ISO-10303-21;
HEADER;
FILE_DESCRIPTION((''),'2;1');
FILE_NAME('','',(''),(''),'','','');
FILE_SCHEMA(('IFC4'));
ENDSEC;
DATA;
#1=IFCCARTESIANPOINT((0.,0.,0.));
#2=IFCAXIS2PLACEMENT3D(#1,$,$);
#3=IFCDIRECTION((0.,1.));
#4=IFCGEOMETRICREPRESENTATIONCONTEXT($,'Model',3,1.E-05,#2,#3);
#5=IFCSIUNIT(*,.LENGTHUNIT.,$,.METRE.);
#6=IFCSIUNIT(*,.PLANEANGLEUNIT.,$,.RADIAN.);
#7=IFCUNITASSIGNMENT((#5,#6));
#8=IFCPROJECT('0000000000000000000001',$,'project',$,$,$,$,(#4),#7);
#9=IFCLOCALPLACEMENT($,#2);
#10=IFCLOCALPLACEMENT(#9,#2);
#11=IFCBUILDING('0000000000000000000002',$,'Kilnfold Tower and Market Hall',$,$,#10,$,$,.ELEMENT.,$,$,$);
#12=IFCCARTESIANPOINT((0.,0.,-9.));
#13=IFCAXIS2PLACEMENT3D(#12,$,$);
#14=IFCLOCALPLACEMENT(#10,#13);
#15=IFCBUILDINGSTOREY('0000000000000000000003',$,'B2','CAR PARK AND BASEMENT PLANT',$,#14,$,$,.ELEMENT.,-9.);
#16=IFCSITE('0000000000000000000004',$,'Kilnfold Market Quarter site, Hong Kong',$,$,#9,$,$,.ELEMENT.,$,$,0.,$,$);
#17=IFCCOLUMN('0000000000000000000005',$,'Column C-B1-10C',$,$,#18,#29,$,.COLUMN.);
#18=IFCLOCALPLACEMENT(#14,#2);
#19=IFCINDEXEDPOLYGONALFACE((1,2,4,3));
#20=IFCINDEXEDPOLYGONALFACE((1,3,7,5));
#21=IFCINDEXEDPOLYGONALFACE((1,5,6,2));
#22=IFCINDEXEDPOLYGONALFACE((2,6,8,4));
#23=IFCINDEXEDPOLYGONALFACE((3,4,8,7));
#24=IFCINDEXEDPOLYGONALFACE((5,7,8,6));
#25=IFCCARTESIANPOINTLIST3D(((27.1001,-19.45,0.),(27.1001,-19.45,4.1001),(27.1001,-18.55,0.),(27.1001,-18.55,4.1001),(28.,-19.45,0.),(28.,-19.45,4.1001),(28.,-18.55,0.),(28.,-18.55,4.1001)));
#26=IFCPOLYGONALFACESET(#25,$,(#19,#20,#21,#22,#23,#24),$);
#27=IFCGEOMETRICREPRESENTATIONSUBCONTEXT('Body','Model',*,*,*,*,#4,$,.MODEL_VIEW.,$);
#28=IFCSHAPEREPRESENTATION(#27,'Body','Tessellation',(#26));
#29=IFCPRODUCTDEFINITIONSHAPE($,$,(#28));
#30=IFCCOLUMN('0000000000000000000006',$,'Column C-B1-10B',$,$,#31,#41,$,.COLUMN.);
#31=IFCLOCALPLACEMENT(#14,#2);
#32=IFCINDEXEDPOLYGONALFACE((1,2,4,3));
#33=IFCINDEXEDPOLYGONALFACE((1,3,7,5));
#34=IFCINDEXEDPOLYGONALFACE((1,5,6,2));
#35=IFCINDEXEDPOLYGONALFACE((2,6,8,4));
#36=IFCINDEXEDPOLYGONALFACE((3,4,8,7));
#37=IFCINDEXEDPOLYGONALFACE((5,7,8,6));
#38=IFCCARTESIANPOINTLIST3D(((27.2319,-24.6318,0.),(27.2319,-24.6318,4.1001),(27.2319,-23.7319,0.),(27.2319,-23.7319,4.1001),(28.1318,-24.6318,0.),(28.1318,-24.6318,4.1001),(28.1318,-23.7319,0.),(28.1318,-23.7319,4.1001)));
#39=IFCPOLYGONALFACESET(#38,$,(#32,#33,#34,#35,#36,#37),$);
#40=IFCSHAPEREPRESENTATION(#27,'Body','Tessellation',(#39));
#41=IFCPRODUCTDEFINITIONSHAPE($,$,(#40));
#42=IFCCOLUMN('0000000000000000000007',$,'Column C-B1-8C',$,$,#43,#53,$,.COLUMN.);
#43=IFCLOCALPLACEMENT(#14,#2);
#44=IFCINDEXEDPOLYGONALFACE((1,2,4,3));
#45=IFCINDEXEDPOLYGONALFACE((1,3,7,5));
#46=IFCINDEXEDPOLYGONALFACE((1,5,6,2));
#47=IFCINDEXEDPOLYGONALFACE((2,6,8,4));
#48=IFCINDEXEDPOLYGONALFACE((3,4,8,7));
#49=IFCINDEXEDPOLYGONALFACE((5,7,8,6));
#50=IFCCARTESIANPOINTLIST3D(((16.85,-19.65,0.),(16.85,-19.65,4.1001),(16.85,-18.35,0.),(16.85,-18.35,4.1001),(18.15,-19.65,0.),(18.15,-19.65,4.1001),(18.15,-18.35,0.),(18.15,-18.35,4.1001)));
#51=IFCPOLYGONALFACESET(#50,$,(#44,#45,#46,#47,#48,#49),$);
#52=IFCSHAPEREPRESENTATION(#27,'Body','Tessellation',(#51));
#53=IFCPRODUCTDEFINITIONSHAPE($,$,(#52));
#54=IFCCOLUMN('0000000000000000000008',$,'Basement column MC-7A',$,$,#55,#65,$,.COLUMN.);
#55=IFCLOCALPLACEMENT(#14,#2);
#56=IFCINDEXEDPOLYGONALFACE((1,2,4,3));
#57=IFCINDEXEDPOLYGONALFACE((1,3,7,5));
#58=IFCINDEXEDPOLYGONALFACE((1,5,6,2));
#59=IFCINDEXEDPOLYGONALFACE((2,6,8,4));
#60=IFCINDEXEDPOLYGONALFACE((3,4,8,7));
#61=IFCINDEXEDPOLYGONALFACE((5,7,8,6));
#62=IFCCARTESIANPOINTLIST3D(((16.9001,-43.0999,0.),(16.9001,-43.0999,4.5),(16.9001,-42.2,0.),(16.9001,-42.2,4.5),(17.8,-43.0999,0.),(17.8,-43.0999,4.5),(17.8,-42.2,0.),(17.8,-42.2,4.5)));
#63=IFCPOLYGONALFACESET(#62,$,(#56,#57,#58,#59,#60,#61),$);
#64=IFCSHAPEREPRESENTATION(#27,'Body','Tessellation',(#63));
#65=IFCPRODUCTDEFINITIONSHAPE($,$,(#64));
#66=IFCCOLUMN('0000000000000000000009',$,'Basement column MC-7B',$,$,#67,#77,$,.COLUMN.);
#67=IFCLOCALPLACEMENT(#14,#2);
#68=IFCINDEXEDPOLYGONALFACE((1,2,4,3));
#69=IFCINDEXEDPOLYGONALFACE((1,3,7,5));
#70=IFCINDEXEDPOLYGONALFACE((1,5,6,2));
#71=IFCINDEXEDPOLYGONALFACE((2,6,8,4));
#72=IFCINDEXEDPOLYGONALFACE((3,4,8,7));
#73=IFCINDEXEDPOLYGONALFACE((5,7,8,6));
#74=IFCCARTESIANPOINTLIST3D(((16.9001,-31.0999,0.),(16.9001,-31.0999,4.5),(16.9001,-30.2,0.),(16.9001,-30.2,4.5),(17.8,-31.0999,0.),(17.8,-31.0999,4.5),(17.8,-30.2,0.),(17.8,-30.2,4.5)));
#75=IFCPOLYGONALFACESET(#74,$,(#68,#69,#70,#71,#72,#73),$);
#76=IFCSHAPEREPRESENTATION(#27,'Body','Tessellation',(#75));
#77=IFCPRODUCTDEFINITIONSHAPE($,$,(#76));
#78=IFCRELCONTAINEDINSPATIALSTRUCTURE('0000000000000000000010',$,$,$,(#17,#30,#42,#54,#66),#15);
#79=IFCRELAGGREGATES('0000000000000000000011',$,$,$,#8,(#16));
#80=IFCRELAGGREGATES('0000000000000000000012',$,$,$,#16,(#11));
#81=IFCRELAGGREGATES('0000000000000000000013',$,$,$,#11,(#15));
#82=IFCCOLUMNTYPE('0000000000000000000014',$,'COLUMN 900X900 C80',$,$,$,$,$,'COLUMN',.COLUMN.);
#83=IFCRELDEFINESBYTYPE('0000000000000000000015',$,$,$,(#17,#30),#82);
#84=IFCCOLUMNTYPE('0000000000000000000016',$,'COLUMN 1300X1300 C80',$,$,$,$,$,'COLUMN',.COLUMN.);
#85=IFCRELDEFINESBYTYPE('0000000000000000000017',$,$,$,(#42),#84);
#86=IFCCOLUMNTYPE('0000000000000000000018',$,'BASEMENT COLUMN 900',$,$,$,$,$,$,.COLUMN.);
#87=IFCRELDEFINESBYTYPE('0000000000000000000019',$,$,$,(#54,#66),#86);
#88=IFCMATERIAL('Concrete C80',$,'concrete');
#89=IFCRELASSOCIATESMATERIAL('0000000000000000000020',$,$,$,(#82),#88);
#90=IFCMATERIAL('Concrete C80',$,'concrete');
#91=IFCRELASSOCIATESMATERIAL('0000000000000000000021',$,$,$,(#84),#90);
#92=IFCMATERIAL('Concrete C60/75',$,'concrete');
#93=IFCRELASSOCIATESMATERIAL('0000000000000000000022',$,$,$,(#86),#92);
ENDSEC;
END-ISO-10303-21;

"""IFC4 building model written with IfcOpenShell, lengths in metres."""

from ifc_helpers import new_model, si_unit, direction, frame, origin, origin_2d, place, context, subcontext, project, spatial, rectangle, extrude, source, transform, mapped, material, material_profile, profile_set, type_object, element, save


model = new_model("IFC4")

# Units and contexts
model_context = context("Model", 3, precision=1e-05, world=origin(), true_north=direction((0.0, 1.0)))
body_context = subcontext(model_context, "Body", "Model", "MODEL_VIEW")
ifc_project = project(units=[si_unit("LENGTHUNIT", "METRE"), si_unit("PLANEANGLEUNIT", "RADIAN")], contexts=[model_context])

# Site, building, storey
site_placement = place(None, origin())
site = spatial("IfcSite", under=ifc_project, at=site_placement, Name="Kilnfold Market Quarter site, Hong Kong", CompositionType="ELEMENT", RefElevation=0.0)
building_placement = place(site_placement, origin())
building = spatial("IfcBuilding", under=site, at=building_placement, Name="Kilnfold Tower and Market Hall", CompositionType="ELEMENT")
storey_placement = place(building_placement, frame((0.0, 0.0, -9.0)))
storey = spatial("IfcBuildingStorey", under=building, at=storey_placement, Name="B2", Description="CAR PARK AND BASEMENT PLANT", CompositionType="ELEMENT", Elevation=-9.0)

# Columns
ifc_material_1 = material(Name="Concrete C80", Category="concrete")
ifc_material_profile_1 = material_profile(ifc_material_1, rectangle(XDim=0.8999, YDim=0.8999, at=origin_2d()), Name="RC 900x900")
ifc_profile_set_1 = profile_set([ifc_material_profile_1], Name="Concrete C80")
column_type_1 = type_object("IfcColumnType", Name="COLUMN 900X900 C80", ElementType="COLUMN", PredefinedType="COLUMN", material=ifc_profile_set_1)
shared_shape_1 = source(origin(), body_context, "Body", "SweptSolid", [
    extrude(rectangle(XDim=0.8999, YDim=0.8999, at=origin_2d()), origin(), (0.0, 0.0, 1.0), 4.1001),
])
for number, where, z_axis, x_axis, name in (
    (1, (27.55, -19.0, 0.0), (0.0, 0.0, 1.0), (1.0, 0.0, 0.0), "Column C-B1-10C"),
    (2, (27.6819, -24.1819, 0.0), (0.0, 0.0, 1.0), (1.0, 0.0, 0.0), "Column C-B1-10B"),
):
    element("IfcColumn", number, at=place(storey_placement, frame(where, z_axis=z_axis, x_axis=x_axis)), inside=storey, type_object=column_type_1, Name=name, PredefinedType="COLUMN", context=body_context, shape_type="MappedRepresentation", body=[
        mapped(shared_shape_1, transform((0.0, 0.0, 0.0))),
    ])
ifc_material_2 = material(Name="Concrete C80", Category="concrete")
ifc_material_profile_2 = material_profile(ifc_material_2, rectangle(XDim=1.3, YDim=1.3, at=origin_2d()), Name="RC 1300x1300")
ifc_profile_set_2 = profile_set([ifc_material_profile_2], Name="Concrete C80")
column_type_2 = type_object("IfcColumnType", Name="COLUMN 1300X1300 C80", ElementType="COLUMN", PredefinedType="COLUMN", material=ifc_profile_set_2)
shared_shape_2 = source(origin(), body_context, "Body", "SweptSolid", [
    extrude(rectangle(XDim=1.3, YDim=1.3, at=origin_2d()), origin(), (0.0, 0.0, 1.0), 4.1001),
])
column_placement = place(storey_placement, frame((17.5, -19.0, 0.0), z_axis=(0.0, 0.0, 1.0), x_axis=(1.0, 0.0, 0.0)))
element("IfcColumn", 3, at=column_placement, inside=storey, type_object=column_type_2, Name="Column C-B1-8C", PredefinedType="COLUMN", context=body_context, shape_type="MappedRepresentation", body=[
    mapped(shared_shape_2, transform((0.0, 0.0, 0.0))),
])
ifc_material_3 = material(Name="Concrete C60/75", Category="concrete")
ifc_material_profile_3 = material_profile(ifc_material_3, rectangle(XDim=0.8999, YDim=0.8999, at=origin_2d()), Name="RC 900x900")
ifc_profile_set_3 = profile_set([ifc_material_profile_3], Name="Concrete C60/75")
column_type_3 = type_object("IfcColumnType", Name="BASEMENT COLUMN 900", PredefinedType="COLUMN", material=ifc_profile_set_3)
shared_shape_3 = source(origin(), body_context, "Body", "SweptSolid", [
    extrude(rectangle(XDim=0.8999, YDim=0.8999, at=origin_2d()), origin(), (0.0, 0.0, 1.0), 4.5),
])
for number, where, z_axis, x_axis, name in (
    (4, (17.3501, -42.6499, 0.0), (0.0, 0.0, 1.0), (1.0, 0.0, 0.0), "Basement column MC-7A"),
    (5, (17.3501, -30.6499, 0.0), (0.0, 0.0, 1.0), (1.0, 0.0, 0.0), "Basement column MC-7B"),
):
    element("IfcColumn", number, at=place(storey_placement, frame(where, z_axis=z_axis, x_axis=x_axis)), inside=storey, type_object=column_type_3, Name=name, PredefinedType="COLUMN", context=body_context, shape_type="MappedRepresentation", body=[
        mapped(shared_shape_3, transform((0.0, 0.0, 0.0))),
    ])

save(model, "model.ifc")
